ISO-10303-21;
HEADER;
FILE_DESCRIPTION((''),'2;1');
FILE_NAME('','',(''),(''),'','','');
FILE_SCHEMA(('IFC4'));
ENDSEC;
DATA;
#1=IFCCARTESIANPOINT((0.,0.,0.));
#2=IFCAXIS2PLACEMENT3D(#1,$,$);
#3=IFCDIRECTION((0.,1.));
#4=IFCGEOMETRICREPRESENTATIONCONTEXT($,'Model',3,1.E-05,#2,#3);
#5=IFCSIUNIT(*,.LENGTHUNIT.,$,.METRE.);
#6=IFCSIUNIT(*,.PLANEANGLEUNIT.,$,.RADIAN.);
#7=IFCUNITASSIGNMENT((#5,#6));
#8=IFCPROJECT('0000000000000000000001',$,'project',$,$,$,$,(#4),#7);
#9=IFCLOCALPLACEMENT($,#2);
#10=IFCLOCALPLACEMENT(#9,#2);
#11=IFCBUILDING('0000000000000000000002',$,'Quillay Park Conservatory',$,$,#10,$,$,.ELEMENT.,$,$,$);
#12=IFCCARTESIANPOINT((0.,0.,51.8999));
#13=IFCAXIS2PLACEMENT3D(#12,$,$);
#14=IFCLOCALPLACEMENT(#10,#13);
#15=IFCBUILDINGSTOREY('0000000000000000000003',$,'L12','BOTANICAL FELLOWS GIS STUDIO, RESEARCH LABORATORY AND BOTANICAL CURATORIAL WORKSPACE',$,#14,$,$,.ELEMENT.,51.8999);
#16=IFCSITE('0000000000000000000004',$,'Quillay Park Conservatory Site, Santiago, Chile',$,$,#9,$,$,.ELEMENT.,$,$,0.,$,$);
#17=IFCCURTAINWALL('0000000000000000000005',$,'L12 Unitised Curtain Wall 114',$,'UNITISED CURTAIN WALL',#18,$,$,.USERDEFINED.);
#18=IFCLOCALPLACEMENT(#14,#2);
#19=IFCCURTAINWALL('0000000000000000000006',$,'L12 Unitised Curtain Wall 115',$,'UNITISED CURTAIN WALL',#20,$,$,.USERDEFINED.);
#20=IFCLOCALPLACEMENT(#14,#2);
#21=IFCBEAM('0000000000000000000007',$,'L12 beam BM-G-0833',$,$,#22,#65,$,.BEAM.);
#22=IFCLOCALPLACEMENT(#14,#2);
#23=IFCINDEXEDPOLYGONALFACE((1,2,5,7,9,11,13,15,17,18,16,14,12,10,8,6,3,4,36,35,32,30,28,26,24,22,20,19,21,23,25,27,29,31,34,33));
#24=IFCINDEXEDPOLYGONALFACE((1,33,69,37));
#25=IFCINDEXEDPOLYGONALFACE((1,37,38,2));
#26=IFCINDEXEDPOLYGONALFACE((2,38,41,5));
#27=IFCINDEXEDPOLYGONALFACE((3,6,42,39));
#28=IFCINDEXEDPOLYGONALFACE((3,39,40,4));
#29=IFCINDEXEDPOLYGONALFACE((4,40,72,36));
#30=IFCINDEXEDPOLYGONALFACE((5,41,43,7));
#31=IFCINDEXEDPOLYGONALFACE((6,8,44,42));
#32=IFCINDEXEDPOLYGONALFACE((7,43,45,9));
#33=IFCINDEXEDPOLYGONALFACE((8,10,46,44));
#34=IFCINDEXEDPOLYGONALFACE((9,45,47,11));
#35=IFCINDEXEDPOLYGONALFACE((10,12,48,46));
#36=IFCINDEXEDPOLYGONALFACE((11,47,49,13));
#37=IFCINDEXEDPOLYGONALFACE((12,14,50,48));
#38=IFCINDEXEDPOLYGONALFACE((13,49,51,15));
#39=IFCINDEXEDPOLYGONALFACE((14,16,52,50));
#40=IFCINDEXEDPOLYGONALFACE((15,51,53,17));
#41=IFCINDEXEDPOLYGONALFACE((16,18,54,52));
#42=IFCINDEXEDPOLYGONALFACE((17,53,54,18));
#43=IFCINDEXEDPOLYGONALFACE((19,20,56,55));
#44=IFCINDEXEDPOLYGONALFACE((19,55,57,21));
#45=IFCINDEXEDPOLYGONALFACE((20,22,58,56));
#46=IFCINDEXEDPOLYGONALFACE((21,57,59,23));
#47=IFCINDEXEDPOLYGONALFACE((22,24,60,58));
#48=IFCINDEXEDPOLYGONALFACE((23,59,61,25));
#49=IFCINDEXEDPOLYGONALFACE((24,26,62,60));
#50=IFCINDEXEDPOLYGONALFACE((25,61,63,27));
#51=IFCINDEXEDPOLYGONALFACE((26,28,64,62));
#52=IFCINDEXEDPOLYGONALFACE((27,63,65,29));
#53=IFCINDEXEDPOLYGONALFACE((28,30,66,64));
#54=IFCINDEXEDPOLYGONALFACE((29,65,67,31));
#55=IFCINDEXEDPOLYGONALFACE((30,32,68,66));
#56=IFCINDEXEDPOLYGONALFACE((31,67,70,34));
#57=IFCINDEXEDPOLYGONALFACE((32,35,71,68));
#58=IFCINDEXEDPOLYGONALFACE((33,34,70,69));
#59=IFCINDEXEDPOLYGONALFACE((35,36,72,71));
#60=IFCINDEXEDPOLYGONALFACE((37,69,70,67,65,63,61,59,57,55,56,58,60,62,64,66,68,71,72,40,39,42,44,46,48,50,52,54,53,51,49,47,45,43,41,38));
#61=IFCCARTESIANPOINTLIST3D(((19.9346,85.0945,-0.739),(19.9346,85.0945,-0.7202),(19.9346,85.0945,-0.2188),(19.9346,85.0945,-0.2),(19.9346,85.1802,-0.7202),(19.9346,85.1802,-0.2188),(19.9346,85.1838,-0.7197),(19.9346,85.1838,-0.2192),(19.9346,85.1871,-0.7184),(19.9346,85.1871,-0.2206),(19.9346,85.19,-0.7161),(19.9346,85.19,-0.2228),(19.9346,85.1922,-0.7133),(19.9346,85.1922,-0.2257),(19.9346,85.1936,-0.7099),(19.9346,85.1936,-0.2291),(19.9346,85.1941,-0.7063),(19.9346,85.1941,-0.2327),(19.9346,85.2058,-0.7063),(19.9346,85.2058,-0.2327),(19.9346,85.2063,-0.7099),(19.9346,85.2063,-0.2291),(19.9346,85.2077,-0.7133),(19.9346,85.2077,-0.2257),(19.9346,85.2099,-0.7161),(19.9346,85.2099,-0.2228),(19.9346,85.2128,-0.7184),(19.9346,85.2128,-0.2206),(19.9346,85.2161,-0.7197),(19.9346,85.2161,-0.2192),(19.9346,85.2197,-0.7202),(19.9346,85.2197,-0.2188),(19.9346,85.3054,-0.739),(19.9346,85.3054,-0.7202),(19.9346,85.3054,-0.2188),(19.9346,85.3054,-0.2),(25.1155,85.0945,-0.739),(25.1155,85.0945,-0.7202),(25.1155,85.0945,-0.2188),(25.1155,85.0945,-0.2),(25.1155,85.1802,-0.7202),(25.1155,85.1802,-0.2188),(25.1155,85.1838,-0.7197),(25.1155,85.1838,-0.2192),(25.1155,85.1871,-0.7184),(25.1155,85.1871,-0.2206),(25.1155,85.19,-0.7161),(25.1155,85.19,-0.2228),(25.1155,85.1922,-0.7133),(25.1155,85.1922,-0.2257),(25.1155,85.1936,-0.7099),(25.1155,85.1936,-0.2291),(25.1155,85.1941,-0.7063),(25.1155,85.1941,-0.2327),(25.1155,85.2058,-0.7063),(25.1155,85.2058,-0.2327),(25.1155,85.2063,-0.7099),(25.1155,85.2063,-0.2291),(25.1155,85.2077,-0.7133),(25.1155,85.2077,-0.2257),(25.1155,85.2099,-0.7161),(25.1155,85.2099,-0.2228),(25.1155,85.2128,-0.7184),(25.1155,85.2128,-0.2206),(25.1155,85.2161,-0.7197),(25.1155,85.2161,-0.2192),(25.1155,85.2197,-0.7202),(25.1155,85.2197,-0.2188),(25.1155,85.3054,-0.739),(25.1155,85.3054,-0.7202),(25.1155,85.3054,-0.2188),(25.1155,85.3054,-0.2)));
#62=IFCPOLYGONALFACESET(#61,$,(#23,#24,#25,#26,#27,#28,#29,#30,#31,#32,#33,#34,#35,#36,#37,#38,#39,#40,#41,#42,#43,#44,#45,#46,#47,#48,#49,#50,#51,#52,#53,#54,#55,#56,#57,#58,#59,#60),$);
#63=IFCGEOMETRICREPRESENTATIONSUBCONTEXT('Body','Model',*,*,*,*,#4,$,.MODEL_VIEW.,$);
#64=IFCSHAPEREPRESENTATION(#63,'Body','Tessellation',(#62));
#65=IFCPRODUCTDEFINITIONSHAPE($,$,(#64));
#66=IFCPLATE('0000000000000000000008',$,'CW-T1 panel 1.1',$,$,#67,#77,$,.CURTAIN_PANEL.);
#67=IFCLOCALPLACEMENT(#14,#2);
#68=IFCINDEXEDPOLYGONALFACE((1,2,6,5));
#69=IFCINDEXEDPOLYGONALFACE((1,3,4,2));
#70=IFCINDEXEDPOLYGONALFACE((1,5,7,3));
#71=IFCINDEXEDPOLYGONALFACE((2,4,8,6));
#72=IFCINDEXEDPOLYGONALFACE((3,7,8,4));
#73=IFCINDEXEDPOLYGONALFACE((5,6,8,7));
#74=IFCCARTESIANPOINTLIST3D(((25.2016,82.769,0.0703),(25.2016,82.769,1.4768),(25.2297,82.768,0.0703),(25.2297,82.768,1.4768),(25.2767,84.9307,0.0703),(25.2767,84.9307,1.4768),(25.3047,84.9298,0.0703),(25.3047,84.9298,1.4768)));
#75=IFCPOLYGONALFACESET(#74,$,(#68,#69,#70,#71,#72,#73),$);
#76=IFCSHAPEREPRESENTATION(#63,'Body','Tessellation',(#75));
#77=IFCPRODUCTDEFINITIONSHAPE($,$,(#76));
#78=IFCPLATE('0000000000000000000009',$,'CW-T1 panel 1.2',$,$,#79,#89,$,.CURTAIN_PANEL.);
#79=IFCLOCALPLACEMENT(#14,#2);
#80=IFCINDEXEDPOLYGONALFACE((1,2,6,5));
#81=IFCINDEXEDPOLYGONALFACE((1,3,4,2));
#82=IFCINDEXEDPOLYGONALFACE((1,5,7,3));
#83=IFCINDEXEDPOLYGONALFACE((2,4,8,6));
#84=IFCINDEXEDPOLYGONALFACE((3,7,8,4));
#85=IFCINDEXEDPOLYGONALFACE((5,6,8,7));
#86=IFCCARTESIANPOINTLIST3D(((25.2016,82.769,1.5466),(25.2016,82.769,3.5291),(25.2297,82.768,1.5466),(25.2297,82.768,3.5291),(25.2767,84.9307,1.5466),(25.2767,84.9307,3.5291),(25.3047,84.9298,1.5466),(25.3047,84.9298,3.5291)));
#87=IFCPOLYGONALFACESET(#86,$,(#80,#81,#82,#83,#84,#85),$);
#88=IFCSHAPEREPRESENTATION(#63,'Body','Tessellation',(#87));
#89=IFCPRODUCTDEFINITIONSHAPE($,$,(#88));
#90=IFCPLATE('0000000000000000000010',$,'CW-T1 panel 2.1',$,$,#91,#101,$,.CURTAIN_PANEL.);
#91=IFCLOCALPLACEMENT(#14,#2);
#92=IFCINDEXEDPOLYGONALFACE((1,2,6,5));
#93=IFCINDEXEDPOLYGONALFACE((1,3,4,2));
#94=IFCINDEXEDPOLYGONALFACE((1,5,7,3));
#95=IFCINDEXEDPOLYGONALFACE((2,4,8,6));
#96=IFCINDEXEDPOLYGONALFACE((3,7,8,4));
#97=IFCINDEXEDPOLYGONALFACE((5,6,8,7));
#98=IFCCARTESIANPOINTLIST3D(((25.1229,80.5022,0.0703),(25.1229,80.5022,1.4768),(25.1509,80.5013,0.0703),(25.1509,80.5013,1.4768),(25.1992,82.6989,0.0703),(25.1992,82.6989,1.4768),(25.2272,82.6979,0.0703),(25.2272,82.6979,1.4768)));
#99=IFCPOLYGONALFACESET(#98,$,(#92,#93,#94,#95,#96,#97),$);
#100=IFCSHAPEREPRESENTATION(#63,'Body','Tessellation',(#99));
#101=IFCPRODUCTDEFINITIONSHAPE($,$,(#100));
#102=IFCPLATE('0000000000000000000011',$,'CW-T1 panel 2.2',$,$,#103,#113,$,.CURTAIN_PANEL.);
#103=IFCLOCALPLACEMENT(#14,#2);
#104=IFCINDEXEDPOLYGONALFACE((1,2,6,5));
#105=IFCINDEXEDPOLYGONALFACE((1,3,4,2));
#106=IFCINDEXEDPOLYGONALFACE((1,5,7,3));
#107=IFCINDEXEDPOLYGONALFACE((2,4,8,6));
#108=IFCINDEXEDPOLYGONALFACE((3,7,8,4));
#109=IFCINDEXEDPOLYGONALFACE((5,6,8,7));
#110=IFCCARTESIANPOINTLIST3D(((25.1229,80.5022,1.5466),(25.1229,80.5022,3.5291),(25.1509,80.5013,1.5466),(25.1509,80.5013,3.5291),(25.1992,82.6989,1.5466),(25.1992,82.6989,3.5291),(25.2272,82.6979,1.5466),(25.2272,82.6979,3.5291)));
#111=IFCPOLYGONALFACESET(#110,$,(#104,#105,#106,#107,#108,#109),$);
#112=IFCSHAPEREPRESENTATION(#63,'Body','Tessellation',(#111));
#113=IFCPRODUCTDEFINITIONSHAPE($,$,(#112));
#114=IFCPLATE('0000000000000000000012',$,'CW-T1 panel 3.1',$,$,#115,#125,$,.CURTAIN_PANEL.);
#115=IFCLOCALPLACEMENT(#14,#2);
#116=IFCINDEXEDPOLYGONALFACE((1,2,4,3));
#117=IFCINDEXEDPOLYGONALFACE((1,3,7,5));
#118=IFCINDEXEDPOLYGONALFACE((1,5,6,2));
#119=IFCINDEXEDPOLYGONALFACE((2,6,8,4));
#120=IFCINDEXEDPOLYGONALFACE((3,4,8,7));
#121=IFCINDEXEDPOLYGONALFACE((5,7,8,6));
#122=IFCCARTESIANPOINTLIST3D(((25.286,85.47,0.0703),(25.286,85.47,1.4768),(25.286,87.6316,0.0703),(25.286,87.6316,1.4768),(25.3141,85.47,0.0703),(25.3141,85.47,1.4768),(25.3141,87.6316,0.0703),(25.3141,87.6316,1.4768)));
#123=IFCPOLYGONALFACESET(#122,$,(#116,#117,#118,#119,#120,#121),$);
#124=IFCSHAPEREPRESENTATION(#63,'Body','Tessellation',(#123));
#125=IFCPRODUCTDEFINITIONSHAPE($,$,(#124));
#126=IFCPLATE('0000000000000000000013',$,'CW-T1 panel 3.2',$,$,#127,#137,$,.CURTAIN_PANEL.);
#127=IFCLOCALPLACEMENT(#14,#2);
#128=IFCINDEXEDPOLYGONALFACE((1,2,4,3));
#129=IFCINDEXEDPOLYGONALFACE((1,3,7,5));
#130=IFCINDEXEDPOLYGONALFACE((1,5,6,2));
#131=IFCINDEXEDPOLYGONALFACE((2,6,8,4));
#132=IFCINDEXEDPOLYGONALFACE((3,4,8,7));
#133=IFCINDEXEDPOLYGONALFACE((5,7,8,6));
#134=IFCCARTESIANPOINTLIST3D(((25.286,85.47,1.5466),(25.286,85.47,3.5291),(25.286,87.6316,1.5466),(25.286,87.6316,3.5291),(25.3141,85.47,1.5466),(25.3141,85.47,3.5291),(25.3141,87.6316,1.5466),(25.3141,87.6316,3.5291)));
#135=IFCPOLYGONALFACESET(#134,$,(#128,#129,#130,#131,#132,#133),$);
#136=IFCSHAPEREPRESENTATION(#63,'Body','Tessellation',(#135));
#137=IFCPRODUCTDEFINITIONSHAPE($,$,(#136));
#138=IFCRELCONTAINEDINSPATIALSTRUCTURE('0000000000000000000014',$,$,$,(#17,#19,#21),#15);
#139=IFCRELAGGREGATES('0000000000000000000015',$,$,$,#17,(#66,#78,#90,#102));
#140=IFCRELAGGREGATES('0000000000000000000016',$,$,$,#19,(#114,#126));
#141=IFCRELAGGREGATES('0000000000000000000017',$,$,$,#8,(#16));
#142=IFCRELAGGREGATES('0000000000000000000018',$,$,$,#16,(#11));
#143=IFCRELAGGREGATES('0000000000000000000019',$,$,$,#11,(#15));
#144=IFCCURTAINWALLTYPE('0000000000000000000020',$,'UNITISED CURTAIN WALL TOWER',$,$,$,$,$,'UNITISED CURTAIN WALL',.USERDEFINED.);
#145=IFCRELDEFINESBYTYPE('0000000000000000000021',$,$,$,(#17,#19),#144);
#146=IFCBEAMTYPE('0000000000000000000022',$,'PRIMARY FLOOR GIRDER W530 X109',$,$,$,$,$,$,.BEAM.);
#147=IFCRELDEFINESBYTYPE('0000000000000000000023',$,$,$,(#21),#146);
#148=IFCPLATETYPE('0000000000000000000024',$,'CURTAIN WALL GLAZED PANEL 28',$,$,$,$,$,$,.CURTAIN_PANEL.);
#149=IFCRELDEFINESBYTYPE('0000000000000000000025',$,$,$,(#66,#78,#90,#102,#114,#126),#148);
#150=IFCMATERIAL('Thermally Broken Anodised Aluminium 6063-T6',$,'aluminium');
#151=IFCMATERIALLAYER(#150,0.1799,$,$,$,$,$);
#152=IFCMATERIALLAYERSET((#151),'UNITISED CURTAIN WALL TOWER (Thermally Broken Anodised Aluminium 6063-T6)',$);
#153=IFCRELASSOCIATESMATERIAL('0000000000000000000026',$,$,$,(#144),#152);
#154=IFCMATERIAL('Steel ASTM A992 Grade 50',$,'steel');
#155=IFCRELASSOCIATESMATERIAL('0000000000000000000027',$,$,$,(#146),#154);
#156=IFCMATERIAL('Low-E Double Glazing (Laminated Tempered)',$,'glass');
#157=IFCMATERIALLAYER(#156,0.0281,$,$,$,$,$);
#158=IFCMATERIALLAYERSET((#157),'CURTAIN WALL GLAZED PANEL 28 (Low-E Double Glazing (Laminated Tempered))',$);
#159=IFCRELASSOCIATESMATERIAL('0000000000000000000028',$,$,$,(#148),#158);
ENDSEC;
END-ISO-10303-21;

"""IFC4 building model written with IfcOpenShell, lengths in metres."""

from ifc_helpers import new_model, si_unit, direction, frame, origin, origin_2d, place, context, subcontext, project, spatial, rectangle, i_section, extrude, material, layer, layer_set, material_profile, profile_set, type_object, element, aggregate, save


model = new_model("IFC4")

# Units and contexts
model_context = context("Model", 3, precision=1e-05, world=origin(), true_north=direction((0.0, 1.0)))
body_context = subcontext(model_context, "Body", "Model", "MODEL_VIEW")
ifc_project = project(units=[si_unit("LENGTHUNIT", "METRE"), si_unit("PLANEANGLEUNIT", "RADIAN")], contexts=[model_context])

# Site, building, storey
site_placement = place(None, origin())
site = spatial("IfcSite", under=ifc_project, at=site_placement, Name="Quillay Park Conservatory Site, Santiago, Chile", CompositionType="ELEMENT", RefElevation=0.0)
building_placement = place(site_placement, origin())
building = spatial("IfcBuilding", under=site, at=building_placement, Name="Quillay Park Conservatory", CompositionType="ELEMENT")
storey_placement = place(building_placement, frame((0.0, 0.0, 51.8999)))
storey = spatial("IfcBuildingStorey", under=building, at=storey_placement, Name="L12", Description="BOTANICAL FELLOWS GIS STUDIO, RESEARCH LABORATORY AND BOTANICAL CURATORIAL WORKSPACE", CompositionType="ELEMENT", Elevation=51.8999)

# Curtain wall
ifc_material_1 = material(Name="Thermally Broken Anodised Aluminium 6063-T6", Category="aluminium")
ifc_layer_1 = layer(ifc_material_1, 0.1799)
ifc_layer_set_1 = layer_set([ifc_layer_1], Name="UNITISED CURTAIN WALL TOWER (Thermally Broken Anodised Aluminium 6063-T6)")
curtain_wall_type = type_object("IfcCurtainWallType", Name="UNITISED CURTAIN WALL TOWER", ElementType="UNITISED CURTAIN WALL", PredefinedType="USERDEFINED", material=ifc_layer_set_1)
curtain_wall_1_placement = place(storey_placement, origin())
curtain_wall_1 = element("IfcCurtainWall", 1, at=curtain_wall_1_placement, inside=storey, type_object=curtain_wall_type, Name="L12 Unitised Curtain Wall 114", ObjectType="UNITISED CURTAIN WALL", PredefinedType="USERDEFINED")

# Curtain wall
curtain_wall_2_placement = place(storey_placement, origin())
curtain_wall_2 = element("IfcCurtainWall", 2, at=curtain_wall_2_placement, inside=storey, type_object=curtain_wall_type, Name="L12 Unitised Curtain Wall 115", ObjectType="UNITISED CURTAIN WALL", PredefinedType="USERDEFINED")

# Beam
ifc_material_2 = material(Name="Steel ASTM A992 Grade 50", Category="steel")
ifc_material_profile_1 = material_profile(ifc_material_2, i_section(OverallWidth=0.2109, OverallDepth=0.5391, WebThickness=0.0117, FlangeThickness=0.0188, FilletRadius=0.0139, at=origin_2d()), Name="W530x109")
ifc_profile_set_1 = profile_set([ifc_material_profile_1], Name="Steel ASTM A992 Grade 50")
beam_type_1 = type_object("IfcBeamType", Name="PRIMARY FLOOR GIRDER W530 X109", PredefinedType="BEAM", material=ifc_profile_set_1)
beam_1_placement = place(storey_placement, frame((19.9346, 85.2, -0.4695), z_axis=(1.0, 0.0, 0.0), x_axis=(0.0, 1.0, 0.0)))
element("IfcBeam", 3, at=beam_1_placement, inside=storey, type_object=beam_type_1, Name="L12 beam BM-G-0833", PredefinedType="BEAM", context=body_context, shape_type="SweptSolid", body=[
    extrude(i_section(OverallWidth=0.2109, OverallDepth=0.5391, WebThickness=0.0117, FlangeThickness=0.0188, FilletRadius=0.0139, at=origin_2d()), origin(), (0.0, 0.0, 1.0), 5.1809),
])

# Plates
ifc_material_3 = material(Name="Low-E Double Glazing (Laminated Tempered)", Category="glass")
ifc_layer_2 = layer(ifc_material_3, 0.0281)
ifc_layer_set_2 = layer_set([ifc_layer_2], Name="CURTAIN WALL GLAZED PANEL 28 (Low-E Double Glazing (Laminated Tempered))")
plate_type = type_object("IfcPlateType", Name="CURTAIN WALL GLAZED PANEL 28", PredefinedType="CURTAIN_PANEL", material=ifc_layer_set_2)
plate_1_placement = place(storey_placement, frame((25.2532, 83.8494, 0.0703), z_axis=(0.0, 0.0, 1.0), x_axis=(-0.034713, -0.999397, 0.0)))
plate_1 = element("IfcPlate", 4, at=plate_1_placement, type_object=plate_type, Name="CW-T1 panel 1.1", PredefinedType="CURTAIN_PANEL", context=body_context, shape_type="SweptSolid", body=[
    extrude(rectangle(XDim=2.1631, YDim=0.0281, at=origin_2d()), origin(), (0.0, 0.0, 1.0), 1.4065),
])
plate_2_placement = place(storey_placement, frame((25.2532, 83.8494, 1.5466), z_axis=(0.0, 0.0, 1.0), x_axis=(-0.034713, -0.999397, 0.0)))
plate_2 = element("IfcPlate", 5, at=plate_2_placement, type_object=plate_type, Name="CW-T1 panel 1.2", PredefinedType="CURTAIN_PANEL", context=body_context, shape_type="SweptSolid", body=[
    extrude(rectangle(XDim=2.1631, YDim=0.0281, at=origin_2d()), origin(), (0.0, 0.0, 1.0), 1.9824),
])
plate_3_placement = place(storey_placement, frame((25.175, 81.6001, 0.0703), z_axis=(0.0, 0.0, 1.0), x_axis=(-0.034713, -0.999397, 0.0)))
plate_3 = element("IfcPlate", 6, at=plate_3_placement, type_object=plate_type, Name="CW-T1 panel 2.1", PredefinedType="CURTAIN_PANEL", context=body_context, shape_type="SweptSolid", body=[
    extrude(rectangle(XDim=2.198, YDim=0.0281, at=origin_2d()), origin(), (0.0, 0.0, 1.0), 1.4065),
])
plate_4_placement = place(storey_placement, frame((25.175, 81.6001, 1.5466), z_axis=(0.0, 0.0, 1.0), x_axis=(-0.034713, -0.999397, 0.0)))
plate_4 = element("IfcPlate", 7, at=plate_4_placement, type_object=plate_type, Name="CW-T1 panel 2.2", PredefinedType="CURTAIN_PANEL", context=body_context, shape_type="SweptSolid", body=[
    extrude(rectangle(XDim=2.198, YDim=0.0281, at=origin_2d()), origin(), (0.0, 0.0, 1.0), 1.9824),
])
aggregate(curtain_wall_1, [plate_1, plate_2, plate_3, plate_4])
plate_5_placement = place(storey_placement, frame((25.3, 86.5508, 0.0703), z_axis=(0.0, 0.0, 1.0), x_axis=(0.0, -1.0, 0.0)))
plate_5 = element("IfcPlate", 8, at=plate_5_placement, type_object=plate_type, Name="CW-T1 panel 3.1", PredefinedType="CURTAIN_PANEL", context=body_context, shape_type="SweptSolid", body=[
    extrude(rectangle(XDim=2.1616, YDim=0.0281, at=origin_2d()), origin(), (0.0, 0.0, 1.0), 1.4065),
])
plate_6_placement = place(storey_placement, frame((25.3, 86.5508, 1.5466), z_axis=(0.0, 0.0, 1.0), x_axis=(0.0, -1.0, 0.0)))
plate_6 = element("IfcPlate", 9, at=plate_6_placement, type_object=plate_type, Name="CW-T1 panel 3.2", PredefinedType="CURTAIN_PANEL", context=body_context, shape_type="SweptSolid", body=[
    extrude(rectangle(XDim=2.1616, YDim=0.0281, at=origin_2d()), origin(), (0.0, 0.0, 1.0), 1.9824),
])
aggregate(curtain_wall_2, [plate_5, plate_6])

save(model, "model.ifc")
